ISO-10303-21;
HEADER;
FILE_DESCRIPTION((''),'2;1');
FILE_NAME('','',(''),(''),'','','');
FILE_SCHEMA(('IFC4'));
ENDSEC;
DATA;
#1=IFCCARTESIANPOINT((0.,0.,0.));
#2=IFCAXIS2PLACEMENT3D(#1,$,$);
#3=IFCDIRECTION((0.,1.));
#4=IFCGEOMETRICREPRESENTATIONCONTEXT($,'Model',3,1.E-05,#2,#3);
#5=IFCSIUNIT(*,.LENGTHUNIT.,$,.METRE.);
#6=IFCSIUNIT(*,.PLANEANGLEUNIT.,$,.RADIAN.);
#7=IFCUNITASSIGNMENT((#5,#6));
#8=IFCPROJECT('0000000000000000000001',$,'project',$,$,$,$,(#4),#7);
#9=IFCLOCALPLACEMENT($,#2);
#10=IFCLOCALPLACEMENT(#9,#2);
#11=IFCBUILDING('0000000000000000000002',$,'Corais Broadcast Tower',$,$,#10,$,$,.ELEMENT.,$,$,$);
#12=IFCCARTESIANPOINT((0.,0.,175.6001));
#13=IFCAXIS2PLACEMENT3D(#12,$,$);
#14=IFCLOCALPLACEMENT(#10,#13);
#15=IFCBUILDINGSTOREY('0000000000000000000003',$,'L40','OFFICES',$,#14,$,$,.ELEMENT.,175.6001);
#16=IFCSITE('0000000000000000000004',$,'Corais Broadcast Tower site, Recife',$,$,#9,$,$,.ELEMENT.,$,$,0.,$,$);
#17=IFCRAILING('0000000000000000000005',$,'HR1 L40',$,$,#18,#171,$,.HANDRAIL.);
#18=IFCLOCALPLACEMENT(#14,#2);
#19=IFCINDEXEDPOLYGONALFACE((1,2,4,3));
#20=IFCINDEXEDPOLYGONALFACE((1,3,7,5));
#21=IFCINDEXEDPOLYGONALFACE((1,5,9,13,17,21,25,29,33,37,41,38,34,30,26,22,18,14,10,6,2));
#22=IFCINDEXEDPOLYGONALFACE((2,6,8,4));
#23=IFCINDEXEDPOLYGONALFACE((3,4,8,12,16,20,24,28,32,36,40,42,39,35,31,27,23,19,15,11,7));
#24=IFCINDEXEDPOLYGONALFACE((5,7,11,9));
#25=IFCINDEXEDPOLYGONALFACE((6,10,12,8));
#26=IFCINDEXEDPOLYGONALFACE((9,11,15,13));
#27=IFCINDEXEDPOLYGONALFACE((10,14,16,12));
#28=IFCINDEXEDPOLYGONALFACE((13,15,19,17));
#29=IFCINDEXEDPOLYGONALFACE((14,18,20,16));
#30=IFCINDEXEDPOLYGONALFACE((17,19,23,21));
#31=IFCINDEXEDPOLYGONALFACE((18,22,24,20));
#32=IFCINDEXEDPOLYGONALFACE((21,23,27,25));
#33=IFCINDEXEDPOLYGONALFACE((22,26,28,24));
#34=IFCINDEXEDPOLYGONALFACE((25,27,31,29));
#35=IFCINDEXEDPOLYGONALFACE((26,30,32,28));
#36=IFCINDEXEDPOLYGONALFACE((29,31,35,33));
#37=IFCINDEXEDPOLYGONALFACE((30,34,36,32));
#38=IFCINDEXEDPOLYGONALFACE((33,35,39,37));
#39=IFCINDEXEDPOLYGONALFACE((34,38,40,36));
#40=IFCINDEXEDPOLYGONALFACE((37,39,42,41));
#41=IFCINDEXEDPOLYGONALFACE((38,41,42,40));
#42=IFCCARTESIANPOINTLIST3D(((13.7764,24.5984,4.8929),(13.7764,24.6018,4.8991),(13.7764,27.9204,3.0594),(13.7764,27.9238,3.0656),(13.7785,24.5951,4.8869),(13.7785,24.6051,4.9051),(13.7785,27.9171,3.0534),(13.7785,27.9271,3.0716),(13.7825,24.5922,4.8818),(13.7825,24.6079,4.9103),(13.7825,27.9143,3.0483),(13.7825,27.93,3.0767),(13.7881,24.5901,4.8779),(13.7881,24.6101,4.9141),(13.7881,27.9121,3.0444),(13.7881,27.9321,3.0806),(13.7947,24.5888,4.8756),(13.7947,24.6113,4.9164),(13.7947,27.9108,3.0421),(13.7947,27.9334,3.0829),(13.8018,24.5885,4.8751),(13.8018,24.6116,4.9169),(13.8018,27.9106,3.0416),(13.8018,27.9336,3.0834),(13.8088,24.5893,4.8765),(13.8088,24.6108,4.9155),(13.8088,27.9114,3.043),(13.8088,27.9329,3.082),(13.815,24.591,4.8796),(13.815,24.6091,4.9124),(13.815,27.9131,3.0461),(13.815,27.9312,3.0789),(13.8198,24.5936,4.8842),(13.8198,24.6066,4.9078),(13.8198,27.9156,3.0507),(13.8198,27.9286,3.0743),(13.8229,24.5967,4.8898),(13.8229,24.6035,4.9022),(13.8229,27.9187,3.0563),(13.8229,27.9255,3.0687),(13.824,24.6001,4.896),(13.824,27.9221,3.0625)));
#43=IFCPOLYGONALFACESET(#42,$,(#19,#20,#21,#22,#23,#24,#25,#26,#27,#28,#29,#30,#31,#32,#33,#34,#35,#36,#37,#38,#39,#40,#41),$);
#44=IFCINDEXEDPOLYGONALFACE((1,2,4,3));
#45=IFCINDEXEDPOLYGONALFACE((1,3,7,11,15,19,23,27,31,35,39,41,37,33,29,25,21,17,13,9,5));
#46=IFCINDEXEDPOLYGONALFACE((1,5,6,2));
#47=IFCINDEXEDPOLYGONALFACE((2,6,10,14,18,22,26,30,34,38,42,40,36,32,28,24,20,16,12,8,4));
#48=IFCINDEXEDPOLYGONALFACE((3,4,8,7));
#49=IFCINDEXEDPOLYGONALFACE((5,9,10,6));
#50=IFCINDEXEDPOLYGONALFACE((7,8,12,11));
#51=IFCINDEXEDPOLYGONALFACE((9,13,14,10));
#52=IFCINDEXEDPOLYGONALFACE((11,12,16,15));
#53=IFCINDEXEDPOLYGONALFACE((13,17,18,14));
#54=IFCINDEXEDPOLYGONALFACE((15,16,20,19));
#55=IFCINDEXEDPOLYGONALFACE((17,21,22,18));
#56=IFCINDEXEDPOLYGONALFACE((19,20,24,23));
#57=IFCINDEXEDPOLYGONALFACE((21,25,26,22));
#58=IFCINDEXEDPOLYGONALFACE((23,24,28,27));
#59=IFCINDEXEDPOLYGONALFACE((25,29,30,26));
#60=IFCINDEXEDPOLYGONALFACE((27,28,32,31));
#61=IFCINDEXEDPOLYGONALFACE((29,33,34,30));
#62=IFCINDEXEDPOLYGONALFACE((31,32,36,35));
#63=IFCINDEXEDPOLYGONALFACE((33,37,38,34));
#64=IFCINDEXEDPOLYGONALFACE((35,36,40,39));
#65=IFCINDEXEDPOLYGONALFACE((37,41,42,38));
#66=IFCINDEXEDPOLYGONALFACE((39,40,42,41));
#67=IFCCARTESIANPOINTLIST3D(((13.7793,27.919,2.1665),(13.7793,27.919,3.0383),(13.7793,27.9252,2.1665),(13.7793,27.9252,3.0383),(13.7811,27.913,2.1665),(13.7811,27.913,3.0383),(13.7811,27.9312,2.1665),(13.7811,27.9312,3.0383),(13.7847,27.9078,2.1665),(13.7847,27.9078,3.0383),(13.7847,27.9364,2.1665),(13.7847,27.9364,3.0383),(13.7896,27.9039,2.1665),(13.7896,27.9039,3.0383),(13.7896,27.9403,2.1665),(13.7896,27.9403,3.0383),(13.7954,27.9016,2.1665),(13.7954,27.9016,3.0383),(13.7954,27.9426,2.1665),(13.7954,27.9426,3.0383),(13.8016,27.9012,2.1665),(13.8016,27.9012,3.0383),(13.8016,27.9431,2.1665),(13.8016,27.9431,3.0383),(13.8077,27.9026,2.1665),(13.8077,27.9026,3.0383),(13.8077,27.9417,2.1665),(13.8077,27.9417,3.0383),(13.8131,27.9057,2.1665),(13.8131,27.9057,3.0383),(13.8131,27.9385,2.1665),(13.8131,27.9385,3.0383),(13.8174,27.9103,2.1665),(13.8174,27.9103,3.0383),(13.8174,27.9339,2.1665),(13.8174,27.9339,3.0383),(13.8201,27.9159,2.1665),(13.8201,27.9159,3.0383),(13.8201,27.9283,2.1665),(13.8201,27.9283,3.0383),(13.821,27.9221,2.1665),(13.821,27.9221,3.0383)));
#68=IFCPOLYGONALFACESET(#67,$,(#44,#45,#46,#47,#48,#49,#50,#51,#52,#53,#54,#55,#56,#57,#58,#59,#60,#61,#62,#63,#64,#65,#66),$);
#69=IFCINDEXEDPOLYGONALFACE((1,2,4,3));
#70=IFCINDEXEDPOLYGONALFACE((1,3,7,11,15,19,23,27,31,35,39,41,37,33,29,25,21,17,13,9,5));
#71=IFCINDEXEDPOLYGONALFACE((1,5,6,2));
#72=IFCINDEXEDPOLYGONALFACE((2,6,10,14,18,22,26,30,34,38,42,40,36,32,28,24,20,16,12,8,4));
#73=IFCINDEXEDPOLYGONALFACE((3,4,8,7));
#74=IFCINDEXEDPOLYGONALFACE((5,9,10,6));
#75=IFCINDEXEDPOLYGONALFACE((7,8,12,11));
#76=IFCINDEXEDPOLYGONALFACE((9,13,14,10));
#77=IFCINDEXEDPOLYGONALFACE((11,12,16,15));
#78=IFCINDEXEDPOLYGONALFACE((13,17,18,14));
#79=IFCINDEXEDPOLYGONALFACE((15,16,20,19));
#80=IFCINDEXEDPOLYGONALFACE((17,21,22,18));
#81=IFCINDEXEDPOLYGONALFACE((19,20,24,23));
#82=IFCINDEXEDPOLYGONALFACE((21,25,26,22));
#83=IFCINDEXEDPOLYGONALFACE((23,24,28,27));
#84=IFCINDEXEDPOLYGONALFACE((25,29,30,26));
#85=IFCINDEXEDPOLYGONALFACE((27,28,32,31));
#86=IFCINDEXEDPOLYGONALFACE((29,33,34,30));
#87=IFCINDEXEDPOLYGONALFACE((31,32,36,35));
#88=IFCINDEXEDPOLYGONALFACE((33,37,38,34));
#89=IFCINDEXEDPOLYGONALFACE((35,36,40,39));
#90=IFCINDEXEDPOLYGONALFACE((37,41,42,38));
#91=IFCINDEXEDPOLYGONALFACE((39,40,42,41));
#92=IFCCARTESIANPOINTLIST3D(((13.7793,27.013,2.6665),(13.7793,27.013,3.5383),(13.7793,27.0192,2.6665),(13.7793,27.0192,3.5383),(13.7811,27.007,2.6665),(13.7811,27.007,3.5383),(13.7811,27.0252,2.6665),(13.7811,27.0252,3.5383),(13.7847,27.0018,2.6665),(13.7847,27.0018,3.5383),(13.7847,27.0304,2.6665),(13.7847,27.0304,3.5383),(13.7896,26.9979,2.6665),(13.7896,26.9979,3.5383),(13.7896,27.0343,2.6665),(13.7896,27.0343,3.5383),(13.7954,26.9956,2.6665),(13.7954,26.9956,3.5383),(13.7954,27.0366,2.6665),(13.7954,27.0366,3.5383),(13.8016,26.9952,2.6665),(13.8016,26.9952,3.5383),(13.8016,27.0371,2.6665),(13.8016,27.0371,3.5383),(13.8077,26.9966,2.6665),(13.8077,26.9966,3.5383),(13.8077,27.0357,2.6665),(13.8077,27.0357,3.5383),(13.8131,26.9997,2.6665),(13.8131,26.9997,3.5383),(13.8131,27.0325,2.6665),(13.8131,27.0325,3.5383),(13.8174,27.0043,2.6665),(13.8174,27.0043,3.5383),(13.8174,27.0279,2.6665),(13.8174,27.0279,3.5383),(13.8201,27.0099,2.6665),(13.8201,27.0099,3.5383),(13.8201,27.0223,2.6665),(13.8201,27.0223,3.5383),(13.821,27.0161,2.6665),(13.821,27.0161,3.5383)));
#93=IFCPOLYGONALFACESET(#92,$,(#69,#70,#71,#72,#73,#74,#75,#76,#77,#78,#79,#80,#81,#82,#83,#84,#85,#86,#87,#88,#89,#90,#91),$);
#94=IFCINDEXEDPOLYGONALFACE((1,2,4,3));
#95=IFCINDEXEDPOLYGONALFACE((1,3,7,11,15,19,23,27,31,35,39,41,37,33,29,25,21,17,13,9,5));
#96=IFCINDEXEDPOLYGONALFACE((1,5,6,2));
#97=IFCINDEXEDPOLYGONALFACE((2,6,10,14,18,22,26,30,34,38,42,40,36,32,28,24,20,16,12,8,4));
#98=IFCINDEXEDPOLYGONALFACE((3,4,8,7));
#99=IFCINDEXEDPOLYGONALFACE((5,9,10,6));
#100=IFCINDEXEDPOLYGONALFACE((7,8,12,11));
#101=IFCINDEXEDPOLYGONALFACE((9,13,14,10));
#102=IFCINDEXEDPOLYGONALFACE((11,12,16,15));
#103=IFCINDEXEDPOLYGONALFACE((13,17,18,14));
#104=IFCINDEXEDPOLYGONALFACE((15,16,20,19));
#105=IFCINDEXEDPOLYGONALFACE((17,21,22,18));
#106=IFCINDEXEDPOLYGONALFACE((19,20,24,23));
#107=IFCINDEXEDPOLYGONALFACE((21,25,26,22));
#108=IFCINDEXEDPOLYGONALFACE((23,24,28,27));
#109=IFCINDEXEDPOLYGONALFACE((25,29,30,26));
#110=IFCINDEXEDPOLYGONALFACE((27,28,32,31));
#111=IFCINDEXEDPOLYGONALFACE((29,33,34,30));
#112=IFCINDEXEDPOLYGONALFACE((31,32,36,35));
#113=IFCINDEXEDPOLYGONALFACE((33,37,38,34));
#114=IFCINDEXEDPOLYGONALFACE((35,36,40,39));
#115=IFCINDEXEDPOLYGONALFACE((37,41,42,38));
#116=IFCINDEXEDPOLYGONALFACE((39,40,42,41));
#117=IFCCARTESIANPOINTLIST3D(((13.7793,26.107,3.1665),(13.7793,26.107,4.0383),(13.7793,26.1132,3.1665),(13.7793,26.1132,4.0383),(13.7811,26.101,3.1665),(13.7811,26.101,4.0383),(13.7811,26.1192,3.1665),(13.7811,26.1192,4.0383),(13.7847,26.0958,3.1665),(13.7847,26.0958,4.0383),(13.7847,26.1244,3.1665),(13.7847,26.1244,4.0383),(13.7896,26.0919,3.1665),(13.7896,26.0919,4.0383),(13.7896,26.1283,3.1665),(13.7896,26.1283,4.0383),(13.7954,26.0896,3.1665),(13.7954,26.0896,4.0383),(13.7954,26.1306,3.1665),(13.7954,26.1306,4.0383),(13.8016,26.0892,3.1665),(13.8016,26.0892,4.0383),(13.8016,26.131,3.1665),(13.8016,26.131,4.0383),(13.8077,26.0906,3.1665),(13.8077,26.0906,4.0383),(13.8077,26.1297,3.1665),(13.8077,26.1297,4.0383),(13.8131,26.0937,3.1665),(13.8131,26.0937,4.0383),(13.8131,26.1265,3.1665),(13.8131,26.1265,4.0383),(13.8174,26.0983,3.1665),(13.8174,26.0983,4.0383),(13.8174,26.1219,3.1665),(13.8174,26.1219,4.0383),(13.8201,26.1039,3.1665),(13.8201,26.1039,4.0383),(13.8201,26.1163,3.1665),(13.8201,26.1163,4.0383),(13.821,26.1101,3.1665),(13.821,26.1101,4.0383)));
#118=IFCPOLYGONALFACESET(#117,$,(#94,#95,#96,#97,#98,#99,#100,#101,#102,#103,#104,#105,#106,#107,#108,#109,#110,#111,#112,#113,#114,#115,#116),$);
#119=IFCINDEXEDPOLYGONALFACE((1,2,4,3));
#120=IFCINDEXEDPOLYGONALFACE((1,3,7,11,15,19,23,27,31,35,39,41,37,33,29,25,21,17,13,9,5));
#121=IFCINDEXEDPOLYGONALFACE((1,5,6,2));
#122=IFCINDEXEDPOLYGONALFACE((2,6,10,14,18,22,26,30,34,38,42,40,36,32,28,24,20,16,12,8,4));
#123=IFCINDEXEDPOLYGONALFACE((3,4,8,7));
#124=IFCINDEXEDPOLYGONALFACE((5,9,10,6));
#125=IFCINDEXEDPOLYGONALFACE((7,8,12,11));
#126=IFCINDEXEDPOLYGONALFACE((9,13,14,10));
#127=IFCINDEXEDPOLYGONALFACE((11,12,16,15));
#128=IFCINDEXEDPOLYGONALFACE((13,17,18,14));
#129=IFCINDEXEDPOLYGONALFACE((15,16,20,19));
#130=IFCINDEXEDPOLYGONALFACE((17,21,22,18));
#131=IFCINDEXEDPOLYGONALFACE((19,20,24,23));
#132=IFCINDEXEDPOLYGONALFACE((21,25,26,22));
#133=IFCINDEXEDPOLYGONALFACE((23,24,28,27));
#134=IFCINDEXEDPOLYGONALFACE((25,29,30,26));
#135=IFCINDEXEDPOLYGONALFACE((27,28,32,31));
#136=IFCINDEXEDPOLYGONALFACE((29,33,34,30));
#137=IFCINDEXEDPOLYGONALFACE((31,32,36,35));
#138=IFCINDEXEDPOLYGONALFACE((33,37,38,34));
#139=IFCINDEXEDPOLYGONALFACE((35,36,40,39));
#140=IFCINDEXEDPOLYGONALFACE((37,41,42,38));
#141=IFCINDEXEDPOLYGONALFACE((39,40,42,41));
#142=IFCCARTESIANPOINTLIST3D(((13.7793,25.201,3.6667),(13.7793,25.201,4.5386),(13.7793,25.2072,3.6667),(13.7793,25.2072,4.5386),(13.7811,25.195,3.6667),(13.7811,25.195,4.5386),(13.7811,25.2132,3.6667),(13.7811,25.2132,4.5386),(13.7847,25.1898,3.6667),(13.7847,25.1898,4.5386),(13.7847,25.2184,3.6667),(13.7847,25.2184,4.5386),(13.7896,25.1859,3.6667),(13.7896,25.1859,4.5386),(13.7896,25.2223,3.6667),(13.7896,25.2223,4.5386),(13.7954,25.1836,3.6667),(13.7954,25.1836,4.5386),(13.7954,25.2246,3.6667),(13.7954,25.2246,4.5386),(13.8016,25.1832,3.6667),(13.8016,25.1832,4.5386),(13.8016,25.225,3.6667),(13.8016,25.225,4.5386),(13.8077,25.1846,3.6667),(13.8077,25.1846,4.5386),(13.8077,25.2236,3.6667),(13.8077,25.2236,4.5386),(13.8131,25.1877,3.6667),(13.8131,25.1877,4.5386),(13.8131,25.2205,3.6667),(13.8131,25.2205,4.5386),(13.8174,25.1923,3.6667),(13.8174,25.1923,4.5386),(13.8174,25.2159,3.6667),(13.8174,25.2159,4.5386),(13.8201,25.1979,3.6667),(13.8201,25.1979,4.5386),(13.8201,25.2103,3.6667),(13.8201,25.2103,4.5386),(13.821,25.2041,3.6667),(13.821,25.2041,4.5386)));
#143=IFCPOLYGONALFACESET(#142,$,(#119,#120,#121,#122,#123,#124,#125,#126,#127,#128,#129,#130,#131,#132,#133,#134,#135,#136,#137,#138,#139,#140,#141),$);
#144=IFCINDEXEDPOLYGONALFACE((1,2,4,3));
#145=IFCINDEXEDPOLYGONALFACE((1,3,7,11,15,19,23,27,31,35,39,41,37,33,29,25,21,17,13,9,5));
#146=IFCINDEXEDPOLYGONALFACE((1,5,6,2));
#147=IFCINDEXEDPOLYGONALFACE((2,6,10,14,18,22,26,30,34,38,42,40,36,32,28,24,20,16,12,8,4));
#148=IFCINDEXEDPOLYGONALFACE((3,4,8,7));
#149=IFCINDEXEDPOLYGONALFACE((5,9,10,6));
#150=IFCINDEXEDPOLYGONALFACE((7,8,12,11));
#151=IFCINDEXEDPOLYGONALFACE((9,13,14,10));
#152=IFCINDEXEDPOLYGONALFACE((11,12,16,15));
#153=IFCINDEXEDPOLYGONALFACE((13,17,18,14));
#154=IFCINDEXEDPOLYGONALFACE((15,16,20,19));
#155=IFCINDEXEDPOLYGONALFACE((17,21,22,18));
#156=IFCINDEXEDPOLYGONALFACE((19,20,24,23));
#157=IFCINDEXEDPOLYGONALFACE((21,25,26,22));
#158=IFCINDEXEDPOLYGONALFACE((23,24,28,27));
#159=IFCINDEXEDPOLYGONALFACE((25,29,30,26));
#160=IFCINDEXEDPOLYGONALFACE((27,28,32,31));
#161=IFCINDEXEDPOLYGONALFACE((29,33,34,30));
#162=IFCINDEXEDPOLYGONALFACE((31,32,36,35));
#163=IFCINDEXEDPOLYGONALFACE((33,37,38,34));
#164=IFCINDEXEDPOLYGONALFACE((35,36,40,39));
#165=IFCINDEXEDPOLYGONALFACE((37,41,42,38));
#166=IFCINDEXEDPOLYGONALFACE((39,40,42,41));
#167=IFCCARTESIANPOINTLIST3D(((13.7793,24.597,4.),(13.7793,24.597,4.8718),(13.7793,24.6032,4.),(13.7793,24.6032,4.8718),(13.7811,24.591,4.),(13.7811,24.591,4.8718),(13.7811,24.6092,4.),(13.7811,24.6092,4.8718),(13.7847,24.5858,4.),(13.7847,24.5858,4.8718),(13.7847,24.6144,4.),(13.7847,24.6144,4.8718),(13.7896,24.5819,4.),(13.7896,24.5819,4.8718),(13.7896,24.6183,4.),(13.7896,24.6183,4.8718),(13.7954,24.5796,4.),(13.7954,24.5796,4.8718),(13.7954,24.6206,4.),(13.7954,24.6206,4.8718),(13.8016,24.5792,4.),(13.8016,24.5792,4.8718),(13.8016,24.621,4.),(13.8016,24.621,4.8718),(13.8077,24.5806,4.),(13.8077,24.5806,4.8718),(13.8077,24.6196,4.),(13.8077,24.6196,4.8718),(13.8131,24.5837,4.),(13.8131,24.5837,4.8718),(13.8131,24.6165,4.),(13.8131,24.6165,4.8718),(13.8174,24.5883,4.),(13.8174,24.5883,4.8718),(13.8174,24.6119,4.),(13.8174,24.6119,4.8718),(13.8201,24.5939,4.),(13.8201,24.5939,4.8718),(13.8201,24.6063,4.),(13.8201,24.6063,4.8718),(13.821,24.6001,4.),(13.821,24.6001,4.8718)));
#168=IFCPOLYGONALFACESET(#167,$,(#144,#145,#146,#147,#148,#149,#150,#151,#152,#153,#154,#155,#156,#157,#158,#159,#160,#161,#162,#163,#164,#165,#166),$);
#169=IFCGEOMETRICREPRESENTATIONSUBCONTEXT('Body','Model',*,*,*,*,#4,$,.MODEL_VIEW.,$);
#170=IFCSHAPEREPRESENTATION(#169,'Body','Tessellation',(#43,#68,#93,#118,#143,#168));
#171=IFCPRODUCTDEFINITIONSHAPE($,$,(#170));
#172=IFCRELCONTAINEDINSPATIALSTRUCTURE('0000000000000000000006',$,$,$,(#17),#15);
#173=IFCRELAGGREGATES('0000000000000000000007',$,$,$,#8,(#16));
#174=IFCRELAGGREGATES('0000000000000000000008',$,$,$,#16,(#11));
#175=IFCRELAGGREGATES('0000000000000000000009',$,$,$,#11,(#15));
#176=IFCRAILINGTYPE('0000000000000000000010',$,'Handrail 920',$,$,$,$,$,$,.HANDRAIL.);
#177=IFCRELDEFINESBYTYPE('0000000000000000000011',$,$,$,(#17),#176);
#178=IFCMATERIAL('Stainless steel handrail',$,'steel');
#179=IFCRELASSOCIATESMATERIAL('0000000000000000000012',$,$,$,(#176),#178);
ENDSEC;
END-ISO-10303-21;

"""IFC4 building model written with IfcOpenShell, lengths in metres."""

from ifc_helpers import new_model, si_unit, direction, frame, origin, origin_2d, place, context, subcontext, project, spatial, circle, extrude, material, type_object, element, save


model = new_model("IFC4")

# Units and contexts
model_context = context("Model", 3, precision=1e-05, world=origin(), true_north=direction((0.0, 1.0)))
body_context = subcontext(model_context, "Body", "Model", "MODEL_VIEW")
ifc_project = project(units=[si_unit("LENGTHUNIT", "METRE"), si_unit("PLANEANGLEUNIT", "RADIAN")], contexts=[model_context])

# Site, building, storey
site_placement = place(None, origin())
site = spatial("IfcSite", under=ifc_project, at=site_placement, Name="Corais Broadcast Tower site, Recife", CompositionType="ELEMENT", RefElevation=0.0)
building_placement = place(site_placement, origin())
building = spatial("IfcBuilding", under=site, at=building_placement, Name="Corais Broadcast Tower", CompositionType="ELEMENT")
storey_placement = place(building_placement, frame((0.0, 0.0, 175.6001)))
storey = spatial("IfcBuildingStorey", under=building, at=storey_placement, Name="L40", Description="OFFICES", CompositionType="ELEMENT", Elevation=175.6001)

# Railing
ifc_material_1 = material(Name="Stainless steel handrail", Category="steel")
railing_type = type_object("IfcRailingType", Name="Handrail 920", PredefinedType="HANDRAIL", material=ifc_material_1)
for number, where, name in (
    (1, (13.8, 27.9221, 2.1665), "HR1 L40"),
):
    element("IfcRailing", number, at=place(storey_placement, frame(where)), inside=storey, type_object=railing_type, Name=name, PredefinedType="HANDRAIL", context=body_context, shape_type="SweptSolid", body=[
        extrude(circle(Radius=0.0239, at=origin_2d()), frame((0.0, 0.0, 0.896), z_axis=(0.0, -0.875504, 0.48321), x_axis=(1.0, 0.0, 0.0)), (0.0, 0.0, 1.0), 3.7944),
        extrude(circle(Radius=0.021, at=origin_2d()), origin(), (0.0, 0.0, 1.0), 0.8718),
        extrude(circle(Radius=0.021, at=origin_2d()), frame((0.0, -0.906, 0.5)), (0.0, 0.0, 1.0), 0.8718),
        extrude(circle(Radius=0.021, at=origin_2d()), frame((0.0, -1.812, 1.0)), (0.0, 0.0, 1.0), 0.8718),
        extrude(circle(Radius=0.021, at=origin_2d()), frame((0.0, -2.718, 1.5002)), (0.0, 0.0, 1.0), 0.8718),
        extrude(circle(Radius=0.021, at=origin_2d()), frame((0.0, -3.322, 1.8335)), (0.0, 0.0, 1.0), 0.8718),
    ])

save(model, "model.ifc")
